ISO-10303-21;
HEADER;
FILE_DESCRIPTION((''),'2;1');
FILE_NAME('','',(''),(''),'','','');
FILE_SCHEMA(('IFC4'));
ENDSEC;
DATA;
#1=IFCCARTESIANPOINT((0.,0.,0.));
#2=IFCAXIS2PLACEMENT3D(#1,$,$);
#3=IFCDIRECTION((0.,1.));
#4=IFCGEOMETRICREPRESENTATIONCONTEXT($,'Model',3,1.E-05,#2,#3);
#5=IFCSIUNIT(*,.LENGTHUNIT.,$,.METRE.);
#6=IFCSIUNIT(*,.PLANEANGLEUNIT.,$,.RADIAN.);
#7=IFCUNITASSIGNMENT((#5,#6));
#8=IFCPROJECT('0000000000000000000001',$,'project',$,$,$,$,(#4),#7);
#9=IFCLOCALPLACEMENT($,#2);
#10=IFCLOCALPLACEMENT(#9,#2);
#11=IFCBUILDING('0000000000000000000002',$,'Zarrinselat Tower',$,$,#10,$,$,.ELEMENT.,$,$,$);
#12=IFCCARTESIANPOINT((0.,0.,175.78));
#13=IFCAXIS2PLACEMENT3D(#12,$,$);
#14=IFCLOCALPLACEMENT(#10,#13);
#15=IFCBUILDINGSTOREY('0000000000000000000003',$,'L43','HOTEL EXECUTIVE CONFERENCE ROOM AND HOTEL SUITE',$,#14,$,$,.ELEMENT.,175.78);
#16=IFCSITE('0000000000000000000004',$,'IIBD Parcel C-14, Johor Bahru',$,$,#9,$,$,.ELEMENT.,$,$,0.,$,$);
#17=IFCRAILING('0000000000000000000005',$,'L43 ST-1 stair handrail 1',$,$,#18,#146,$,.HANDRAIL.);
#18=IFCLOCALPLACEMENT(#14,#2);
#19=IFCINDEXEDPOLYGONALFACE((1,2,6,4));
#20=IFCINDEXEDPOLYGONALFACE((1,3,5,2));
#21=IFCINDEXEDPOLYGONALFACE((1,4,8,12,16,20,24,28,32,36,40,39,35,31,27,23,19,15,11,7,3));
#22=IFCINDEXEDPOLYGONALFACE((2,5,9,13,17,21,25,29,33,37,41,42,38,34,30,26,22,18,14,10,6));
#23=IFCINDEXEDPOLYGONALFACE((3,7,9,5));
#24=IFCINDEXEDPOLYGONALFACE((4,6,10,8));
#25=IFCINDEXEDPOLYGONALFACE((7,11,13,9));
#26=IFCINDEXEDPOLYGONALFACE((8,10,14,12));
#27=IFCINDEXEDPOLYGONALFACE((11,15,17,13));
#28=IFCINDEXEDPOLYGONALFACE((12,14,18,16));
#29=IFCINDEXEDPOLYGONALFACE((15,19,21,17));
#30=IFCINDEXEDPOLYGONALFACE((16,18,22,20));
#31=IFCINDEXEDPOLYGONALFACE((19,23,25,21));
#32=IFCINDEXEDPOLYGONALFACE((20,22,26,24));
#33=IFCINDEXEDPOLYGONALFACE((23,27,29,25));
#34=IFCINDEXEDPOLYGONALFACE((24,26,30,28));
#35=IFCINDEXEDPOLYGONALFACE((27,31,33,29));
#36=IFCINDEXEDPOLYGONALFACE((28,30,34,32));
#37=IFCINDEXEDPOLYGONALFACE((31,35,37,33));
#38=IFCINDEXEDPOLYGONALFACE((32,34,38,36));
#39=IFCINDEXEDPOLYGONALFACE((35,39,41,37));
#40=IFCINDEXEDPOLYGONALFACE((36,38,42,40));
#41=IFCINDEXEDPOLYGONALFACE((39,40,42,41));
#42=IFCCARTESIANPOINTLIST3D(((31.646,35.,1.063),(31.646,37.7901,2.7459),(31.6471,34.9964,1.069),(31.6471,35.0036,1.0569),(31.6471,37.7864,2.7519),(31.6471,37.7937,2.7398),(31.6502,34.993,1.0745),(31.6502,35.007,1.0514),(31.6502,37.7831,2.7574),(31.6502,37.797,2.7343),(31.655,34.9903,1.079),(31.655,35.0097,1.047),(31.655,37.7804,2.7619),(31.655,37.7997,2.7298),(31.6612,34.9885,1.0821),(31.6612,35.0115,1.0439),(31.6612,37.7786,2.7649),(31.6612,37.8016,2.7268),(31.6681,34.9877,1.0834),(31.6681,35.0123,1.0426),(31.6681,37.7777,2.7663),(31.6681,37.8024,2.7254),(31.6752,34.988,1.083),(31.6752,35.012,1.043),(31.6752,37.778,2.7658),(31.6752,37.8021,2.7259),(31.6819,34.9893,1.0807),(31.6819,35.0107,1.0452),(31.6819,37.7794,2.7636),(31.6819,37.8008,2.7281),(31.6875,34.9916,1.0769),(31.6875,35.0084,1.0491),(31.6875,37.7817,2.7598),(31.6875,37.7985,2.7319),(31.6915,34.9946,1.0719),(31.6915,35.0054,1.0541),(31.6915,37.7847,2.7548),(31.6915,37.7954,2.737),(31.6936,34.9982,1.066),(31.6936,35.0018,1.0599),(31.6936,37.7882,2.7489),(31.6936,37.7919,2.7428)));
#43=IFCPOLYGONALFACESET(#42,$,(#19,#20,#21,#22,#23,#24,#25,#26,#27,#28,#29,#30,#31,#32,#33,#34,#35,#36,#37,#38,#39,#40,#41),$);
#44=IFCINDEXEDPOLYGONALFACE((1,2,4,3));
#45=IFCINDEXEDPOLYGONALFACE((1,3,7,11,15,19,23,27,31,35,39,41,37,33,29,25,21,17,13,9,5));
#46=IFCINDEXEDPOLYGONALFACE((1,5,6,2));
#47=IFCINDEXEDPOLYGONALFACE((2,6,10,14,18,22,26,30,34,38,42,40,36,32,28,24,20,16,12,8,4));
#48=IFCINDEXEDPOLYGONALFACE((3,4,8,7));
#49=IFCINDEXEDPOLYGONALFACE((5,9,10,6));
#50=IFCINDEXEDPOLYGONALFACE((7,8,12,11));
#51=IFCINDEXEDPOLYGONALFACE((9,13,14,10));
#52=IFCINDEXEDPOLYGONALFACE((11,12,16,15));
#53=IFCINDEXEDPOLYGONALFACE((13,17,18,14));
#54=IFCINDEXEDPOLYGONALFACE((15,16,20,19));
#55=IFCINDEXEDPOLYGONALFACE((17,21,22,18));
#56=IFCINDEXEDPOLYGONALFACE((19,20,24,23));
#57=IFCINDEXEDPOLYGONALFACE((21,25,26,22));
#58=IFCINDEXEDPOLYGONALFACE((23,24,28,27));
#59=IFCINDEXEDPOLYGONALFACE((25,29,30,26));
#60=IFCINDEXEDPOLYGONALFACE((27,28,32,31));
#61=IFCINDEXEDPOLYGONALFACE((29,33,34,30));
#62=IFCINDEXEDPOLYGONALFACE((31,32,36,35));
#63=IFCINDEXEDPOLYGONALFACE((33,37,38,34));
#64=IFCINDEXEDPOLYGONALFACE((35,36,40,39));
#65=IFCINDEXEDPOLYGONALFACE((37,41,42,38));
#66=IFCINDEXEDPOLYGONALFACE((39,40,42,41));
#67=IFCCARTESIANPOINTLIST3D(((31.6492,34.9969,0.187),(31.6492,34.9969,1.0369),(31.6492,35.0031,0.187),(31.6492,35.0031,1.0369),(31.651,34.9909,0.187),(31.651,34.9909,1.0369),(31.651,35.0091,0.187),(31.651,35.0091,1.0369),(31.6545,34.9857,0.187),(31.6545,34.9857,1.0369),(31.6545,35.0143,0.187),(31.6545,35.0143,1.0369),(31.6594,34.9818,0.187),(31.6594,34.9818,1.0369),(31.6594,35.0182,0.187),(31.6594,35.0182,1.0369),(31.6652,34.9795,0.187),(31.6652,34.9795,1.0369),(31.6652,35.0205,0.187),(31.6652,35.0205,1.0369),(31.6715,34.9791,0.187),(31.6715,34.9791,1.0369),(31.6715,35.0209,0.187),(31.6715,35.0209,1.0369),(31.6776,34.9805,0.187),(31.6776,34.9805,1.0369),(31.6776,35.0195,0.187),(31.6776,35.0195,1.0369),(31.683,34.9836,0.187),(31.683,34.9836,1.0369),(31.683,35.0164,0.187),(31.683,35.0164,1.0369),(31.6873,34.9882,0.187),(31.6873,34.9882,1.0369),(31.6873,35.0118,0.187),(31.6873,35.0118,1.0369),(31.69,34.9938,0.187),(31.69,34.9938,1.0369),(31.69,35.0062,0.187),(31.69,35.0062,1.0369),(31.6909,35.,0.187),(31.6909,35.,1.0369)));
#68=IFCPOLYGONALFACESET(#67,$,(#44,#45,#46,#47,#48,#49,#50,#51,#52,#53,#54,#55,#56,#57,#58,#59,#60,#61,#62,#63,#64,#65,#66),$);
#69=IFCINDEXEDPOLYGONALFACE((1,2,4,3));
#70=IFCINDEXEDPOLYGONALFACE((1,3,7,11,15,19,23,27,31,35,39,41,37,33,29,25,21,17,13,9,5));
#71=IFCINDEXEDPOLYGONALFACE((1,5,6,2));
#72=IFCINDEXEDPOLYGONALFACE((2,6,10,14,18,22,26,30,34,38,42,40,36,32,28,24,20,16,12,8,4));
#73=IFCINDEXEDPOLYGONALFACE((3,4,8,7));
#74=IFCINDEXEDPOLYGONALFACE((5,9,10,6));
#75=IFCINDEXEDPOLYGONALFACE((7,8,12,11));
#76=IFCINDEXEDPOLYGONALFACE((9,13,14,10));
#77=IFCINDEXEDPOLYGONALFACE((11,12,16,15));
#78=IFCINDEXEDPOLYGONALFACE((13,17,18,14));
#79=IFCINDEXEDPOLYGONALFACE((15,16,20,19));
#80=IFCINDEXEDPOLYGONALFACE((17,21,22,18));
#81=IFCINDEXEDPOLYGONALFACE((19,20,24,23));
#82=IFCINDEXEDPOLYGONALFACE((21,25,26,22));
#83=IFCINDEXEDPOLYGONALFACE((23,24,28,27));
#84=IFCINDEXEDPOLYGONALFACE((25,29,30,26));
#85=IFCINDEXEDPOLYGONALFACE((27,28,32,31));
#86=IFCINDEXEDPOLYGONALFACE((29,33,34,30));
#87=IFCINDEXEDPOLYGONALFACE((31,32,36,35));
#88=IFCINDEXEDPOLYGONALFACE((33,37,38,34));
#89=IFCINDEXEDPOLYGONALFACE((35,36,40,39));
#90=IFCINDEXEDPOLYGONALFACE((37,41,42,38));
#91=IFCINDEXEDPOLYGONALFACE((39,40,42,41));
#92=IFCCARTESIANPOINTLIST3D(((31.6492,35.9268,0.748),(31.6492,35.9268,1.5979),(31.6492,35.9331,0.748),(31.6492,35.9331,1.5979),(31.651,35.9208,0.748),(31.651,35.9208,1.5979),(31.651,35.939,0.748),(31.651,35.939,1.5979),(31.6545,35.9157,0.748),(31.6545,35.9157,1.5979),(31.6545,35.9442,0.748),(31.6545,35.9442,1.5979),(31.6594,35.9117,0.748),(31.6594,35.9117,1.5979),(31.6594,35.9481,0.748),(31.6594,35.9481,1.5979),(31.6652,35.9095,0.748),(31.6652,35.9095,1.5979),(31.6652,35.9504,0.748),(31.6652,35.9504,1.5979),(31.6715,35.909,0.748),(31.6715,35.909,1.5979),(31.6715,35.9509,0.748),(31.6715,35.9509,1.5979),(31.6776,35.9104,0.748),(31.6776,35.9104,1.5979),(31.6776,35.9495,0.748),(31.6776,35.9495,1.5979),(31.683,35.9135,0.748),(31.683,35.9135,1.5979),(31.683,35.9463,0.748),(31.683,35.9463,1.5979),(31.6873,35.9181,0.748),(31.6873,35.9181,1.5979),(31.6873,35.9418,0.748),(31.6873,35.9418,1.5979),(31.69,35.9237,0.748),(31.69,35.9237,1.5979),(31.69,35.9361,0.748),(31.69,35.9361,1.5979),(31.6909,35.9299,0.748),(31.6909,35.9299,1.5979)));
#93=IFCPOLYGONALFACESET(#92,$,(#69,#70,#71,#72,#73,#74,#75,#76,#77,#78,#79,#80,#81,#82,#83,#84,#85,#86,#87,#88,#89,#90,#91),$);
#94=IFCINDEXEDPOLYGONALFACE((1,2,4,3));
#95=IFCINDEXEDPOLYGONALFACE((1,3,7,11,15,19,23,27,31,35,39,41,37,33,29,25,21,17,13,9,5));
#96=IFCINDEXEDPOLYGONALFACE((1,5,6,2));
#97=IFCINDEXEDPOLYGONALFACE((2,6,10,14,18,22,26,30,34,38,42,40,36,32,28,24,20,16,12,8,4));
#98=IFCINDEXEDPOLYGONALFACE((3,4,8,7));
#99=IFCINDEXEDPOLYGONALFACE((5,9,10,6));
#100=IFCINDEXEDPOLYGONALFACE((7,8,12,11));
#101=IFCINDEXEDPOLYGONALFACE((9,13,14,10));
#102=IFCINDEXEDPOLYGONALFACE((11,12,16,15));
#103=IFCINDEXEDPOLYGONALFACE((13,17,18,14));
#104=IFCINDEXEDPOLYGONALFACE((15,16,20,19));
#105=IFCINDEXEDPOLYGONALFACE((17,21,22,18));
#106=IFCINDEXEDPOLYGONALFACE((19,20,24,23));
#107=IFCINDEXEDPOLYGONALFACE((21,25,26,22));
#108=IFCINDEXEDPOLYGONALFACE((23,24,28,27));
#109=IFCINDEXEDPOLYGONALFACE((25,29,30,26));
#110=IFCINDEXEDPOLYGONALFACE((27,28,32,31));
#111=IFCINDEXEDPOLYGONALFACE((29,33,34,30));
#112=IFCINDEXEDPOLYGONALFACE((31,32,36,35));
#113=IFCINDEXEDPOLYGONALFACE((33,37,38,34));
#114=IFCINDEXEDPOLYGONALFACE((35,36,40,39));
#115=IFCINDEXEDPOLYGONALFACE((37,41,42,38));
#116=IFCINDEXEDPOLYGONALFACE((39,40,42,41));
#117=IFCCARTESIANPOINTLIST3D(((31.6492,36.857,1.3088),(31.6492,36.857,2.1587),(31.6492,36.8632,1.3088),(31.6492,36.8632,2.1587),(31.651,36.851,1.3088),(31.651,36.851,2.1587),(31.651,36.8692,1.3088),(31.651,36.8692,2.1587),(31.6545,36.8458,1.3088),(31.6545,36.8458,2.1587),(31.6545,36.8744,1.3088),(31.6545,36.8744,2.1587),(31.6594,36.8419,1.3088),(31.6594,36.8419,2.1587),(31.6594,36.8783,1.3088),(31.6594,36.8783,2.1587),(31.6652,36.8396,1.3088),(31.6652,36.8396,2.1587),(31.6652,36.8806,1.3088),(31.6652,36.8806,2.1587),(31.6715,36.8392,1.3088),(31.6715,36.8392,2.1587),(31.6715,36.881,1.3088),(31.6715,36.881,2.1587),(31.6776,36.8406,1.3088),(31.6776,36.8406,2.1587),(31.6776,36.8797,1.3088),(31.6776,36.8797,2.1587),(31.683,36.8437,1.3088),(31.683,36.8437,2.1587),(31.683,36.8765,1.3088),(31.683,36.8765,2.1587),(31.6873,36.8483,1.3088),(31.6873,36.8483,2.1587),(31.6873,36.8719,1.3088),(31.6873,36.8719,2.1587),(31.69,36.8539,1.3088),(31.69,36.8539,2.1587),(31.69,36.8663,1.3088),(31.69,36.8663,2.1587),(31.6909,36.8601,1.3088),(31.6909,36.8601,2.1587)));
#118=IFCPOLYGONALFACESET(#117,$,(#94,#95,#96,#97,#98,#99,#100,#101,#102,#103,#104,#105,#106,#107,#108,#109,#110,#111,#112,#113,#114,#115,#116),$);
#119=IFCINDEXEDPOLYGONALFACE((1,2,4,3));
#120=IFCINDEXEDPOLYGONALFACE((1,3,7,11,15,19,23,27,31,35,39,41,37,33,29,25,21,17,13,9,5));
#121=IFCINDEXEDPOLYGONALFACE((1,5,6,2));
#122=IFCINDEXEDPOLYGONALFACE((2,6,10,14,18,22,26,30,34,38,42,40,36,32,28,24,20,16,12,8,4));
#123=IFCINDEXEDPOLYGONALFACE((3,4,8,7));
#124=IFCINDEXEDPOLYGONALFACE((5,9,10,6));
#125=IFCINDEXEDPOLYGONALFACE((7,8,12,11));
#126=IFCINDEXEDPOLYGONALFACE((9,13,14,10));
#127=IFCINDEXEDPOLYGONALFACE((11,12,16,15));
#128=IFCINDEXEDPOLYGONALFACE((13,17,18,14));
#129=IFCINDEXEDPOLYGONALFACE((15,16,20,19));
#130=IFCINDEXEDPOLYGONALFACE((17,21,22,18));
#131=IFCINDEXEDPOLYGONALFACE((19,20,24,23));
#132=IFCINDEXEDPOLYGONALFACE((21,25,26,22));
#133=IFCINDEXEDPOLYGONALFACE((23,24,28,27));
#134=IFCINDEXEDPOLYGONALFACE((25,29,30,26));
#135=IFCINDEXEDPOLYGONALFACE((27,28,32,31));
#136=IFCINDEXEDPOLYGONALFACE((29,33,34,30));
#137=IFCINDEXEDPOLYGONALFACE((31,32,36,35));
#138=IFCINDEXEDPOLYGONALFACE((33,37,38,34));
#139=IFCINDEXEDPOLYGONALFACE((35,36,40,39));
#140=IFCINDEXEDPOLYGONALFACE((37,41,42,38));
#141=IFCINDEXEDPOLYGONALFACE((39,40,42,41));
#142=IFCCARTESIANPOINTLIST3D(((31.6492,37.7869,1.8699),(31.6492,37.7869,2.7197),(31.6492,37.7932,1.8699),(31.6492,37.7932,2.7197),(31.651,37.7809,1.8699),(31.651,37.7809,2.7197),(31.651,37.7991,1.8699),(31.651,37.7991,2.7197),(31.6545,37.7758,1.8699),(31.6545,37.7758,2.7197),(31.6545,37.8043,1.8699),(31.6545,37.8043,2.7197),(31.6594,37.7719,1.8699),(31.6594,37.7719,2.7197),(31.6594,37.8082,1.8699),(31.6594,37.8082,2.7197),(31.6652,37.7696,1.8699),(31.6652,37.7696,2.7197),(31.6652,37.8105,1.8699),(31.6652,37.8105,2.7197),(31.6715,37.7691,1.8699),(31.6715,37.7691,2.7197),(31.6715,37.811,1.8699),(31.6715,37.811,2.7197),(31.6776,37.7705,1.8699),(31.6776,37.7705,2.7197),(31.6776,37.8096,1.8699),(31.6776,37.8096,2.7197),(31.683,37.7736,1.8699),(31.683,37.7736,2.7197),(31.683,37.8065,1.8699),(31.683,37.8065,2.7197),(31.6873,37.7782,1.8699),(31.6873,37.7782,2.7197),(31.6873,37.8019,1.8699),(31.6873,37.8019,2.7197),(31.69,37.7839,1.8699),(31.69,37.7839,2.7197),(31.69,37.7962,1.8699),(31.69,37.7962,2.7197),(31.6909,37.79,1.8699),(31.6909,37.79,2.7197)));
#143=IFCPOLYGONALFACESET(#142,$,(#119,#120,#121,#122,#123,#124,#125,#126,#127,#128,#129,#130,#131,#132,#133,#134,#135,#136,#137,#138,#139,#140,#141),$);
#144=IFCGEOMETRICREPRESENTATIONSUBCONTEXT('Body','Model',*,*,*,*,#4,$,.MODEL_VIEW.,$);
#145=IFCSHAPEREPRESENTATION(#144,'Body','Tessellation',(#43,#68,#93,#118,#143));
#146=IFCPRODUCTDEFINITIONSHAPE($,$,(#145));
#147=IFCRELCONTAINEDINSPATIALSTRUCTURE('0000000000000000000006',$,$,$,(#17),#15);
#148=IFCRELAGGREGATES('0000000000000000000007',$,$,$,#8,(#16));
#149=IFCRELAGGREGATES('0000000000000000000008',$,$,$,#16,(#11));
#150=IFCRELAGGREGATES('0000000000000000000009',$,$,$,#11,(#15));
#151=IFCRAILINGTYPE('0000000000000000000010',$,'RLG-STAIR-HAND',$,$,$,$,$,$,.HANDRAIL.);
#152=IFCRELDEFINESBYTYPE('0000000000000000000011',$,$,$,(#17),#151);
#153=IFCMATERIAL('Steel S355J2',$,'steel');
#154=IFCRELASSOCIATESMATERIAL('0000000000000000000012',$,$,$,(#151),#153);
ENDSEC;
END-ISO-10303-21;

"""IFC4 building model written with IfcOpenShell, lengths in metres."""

from ifc_helpers import new_model, si_unit, direction, frame, origin, origin_2d, place, context, subcontext, project, spatial, circle, extrude, material, type_object, element, save


model = new_model("IFC4")

# Units and contexts
model_context = context("Model", 3, precision=1e-05, world=origin(), true_north=direction((0.0, 1.0)))
body_context = subcontext(model_context, "Body", "Model", "MODEL_VIEW")
ifc_project = project(units=[si_unit("LENGTHUNIT", "METRE"), si_unit("PLANEANGLEUNIT", "RADIAN")], contexts=[model_context])

# Site, building, storey
site_placement = place(None, origin())
site = spatial("IfcSite", under=ifc_project, at=site_placement, Name="IIBD Parcel C-14, Johor Bahru", CompositionType="ELEMENT", RefElevation=0.0)
building_placement = place(site_placement, origin())
building = spatial("IfcBuilding", under=site, at=building_placement, Name="Zarrinselat Tower", CompositionType="ELEMENT")
storey_placement = place(building_placement, frame((0.0, 0.0, 175.78)))
storey = spatial("IfcBuildingStorey", under=building, at=storey_placement, Name="L43", Description="HOTEL EXECUTIVE CONFERENCE ROOM AND HOTEL SUITE", CompositionType="ELEMENT", Elevation=175.78)

# Railing
ifc_material_1 = material(Name="Steel S355J2", Category="steel")
railing_type_1 = type_object("IfcRailingType", Name="RLG-STAIR-HAND", PredefinedType="HANDRAIL", material=ifc_material_1)
railing_1_placement = place(storey_placement, frame((31.6699, 35.0, 0.187)))
element("IfcRailing", 1, at=railing_1_placement, inside=storey, type_object=railing_type_1, Name="L43 ST-1 stair handrail 1", PredefinedType="HANDRAIL", context=body_context, shape_type="SweptSolid", body=[
    extrude(circle(Radius=0.0239, at=origin_2d()), frame((0.0, 0.0, 0.876), z_axis=(0.0, 0.856294, 0.516489), x_axis=(-1.0, 0.0, 0.0)), (0.0, 0.0, 1.0), 3.2583),
    extrude(circle(Radius=0.021, at=origin_2d()), origin(), (0.0, 0.0, 1.0), 0.8499),
    extrude(circle(Radius=0.021, at=origin_2d()), frame((0.0, 0.9299, 0.561)), (0.0, 0.0, 1.0), 0.8499),
    extrude(circle(Radius=0.021, at=origin_2d()), frame((0.0, 1.8601, 1.1218)), (0.0, 0.0, 1.0), 0.8499),
    extrude(circle(Radius=0.021, at=origin_2d()), frame((0.0, 2.79, 1.6829)), (0.0, 0.0, 1.0), 0.8499),
])

save(model, "model.ifc")
